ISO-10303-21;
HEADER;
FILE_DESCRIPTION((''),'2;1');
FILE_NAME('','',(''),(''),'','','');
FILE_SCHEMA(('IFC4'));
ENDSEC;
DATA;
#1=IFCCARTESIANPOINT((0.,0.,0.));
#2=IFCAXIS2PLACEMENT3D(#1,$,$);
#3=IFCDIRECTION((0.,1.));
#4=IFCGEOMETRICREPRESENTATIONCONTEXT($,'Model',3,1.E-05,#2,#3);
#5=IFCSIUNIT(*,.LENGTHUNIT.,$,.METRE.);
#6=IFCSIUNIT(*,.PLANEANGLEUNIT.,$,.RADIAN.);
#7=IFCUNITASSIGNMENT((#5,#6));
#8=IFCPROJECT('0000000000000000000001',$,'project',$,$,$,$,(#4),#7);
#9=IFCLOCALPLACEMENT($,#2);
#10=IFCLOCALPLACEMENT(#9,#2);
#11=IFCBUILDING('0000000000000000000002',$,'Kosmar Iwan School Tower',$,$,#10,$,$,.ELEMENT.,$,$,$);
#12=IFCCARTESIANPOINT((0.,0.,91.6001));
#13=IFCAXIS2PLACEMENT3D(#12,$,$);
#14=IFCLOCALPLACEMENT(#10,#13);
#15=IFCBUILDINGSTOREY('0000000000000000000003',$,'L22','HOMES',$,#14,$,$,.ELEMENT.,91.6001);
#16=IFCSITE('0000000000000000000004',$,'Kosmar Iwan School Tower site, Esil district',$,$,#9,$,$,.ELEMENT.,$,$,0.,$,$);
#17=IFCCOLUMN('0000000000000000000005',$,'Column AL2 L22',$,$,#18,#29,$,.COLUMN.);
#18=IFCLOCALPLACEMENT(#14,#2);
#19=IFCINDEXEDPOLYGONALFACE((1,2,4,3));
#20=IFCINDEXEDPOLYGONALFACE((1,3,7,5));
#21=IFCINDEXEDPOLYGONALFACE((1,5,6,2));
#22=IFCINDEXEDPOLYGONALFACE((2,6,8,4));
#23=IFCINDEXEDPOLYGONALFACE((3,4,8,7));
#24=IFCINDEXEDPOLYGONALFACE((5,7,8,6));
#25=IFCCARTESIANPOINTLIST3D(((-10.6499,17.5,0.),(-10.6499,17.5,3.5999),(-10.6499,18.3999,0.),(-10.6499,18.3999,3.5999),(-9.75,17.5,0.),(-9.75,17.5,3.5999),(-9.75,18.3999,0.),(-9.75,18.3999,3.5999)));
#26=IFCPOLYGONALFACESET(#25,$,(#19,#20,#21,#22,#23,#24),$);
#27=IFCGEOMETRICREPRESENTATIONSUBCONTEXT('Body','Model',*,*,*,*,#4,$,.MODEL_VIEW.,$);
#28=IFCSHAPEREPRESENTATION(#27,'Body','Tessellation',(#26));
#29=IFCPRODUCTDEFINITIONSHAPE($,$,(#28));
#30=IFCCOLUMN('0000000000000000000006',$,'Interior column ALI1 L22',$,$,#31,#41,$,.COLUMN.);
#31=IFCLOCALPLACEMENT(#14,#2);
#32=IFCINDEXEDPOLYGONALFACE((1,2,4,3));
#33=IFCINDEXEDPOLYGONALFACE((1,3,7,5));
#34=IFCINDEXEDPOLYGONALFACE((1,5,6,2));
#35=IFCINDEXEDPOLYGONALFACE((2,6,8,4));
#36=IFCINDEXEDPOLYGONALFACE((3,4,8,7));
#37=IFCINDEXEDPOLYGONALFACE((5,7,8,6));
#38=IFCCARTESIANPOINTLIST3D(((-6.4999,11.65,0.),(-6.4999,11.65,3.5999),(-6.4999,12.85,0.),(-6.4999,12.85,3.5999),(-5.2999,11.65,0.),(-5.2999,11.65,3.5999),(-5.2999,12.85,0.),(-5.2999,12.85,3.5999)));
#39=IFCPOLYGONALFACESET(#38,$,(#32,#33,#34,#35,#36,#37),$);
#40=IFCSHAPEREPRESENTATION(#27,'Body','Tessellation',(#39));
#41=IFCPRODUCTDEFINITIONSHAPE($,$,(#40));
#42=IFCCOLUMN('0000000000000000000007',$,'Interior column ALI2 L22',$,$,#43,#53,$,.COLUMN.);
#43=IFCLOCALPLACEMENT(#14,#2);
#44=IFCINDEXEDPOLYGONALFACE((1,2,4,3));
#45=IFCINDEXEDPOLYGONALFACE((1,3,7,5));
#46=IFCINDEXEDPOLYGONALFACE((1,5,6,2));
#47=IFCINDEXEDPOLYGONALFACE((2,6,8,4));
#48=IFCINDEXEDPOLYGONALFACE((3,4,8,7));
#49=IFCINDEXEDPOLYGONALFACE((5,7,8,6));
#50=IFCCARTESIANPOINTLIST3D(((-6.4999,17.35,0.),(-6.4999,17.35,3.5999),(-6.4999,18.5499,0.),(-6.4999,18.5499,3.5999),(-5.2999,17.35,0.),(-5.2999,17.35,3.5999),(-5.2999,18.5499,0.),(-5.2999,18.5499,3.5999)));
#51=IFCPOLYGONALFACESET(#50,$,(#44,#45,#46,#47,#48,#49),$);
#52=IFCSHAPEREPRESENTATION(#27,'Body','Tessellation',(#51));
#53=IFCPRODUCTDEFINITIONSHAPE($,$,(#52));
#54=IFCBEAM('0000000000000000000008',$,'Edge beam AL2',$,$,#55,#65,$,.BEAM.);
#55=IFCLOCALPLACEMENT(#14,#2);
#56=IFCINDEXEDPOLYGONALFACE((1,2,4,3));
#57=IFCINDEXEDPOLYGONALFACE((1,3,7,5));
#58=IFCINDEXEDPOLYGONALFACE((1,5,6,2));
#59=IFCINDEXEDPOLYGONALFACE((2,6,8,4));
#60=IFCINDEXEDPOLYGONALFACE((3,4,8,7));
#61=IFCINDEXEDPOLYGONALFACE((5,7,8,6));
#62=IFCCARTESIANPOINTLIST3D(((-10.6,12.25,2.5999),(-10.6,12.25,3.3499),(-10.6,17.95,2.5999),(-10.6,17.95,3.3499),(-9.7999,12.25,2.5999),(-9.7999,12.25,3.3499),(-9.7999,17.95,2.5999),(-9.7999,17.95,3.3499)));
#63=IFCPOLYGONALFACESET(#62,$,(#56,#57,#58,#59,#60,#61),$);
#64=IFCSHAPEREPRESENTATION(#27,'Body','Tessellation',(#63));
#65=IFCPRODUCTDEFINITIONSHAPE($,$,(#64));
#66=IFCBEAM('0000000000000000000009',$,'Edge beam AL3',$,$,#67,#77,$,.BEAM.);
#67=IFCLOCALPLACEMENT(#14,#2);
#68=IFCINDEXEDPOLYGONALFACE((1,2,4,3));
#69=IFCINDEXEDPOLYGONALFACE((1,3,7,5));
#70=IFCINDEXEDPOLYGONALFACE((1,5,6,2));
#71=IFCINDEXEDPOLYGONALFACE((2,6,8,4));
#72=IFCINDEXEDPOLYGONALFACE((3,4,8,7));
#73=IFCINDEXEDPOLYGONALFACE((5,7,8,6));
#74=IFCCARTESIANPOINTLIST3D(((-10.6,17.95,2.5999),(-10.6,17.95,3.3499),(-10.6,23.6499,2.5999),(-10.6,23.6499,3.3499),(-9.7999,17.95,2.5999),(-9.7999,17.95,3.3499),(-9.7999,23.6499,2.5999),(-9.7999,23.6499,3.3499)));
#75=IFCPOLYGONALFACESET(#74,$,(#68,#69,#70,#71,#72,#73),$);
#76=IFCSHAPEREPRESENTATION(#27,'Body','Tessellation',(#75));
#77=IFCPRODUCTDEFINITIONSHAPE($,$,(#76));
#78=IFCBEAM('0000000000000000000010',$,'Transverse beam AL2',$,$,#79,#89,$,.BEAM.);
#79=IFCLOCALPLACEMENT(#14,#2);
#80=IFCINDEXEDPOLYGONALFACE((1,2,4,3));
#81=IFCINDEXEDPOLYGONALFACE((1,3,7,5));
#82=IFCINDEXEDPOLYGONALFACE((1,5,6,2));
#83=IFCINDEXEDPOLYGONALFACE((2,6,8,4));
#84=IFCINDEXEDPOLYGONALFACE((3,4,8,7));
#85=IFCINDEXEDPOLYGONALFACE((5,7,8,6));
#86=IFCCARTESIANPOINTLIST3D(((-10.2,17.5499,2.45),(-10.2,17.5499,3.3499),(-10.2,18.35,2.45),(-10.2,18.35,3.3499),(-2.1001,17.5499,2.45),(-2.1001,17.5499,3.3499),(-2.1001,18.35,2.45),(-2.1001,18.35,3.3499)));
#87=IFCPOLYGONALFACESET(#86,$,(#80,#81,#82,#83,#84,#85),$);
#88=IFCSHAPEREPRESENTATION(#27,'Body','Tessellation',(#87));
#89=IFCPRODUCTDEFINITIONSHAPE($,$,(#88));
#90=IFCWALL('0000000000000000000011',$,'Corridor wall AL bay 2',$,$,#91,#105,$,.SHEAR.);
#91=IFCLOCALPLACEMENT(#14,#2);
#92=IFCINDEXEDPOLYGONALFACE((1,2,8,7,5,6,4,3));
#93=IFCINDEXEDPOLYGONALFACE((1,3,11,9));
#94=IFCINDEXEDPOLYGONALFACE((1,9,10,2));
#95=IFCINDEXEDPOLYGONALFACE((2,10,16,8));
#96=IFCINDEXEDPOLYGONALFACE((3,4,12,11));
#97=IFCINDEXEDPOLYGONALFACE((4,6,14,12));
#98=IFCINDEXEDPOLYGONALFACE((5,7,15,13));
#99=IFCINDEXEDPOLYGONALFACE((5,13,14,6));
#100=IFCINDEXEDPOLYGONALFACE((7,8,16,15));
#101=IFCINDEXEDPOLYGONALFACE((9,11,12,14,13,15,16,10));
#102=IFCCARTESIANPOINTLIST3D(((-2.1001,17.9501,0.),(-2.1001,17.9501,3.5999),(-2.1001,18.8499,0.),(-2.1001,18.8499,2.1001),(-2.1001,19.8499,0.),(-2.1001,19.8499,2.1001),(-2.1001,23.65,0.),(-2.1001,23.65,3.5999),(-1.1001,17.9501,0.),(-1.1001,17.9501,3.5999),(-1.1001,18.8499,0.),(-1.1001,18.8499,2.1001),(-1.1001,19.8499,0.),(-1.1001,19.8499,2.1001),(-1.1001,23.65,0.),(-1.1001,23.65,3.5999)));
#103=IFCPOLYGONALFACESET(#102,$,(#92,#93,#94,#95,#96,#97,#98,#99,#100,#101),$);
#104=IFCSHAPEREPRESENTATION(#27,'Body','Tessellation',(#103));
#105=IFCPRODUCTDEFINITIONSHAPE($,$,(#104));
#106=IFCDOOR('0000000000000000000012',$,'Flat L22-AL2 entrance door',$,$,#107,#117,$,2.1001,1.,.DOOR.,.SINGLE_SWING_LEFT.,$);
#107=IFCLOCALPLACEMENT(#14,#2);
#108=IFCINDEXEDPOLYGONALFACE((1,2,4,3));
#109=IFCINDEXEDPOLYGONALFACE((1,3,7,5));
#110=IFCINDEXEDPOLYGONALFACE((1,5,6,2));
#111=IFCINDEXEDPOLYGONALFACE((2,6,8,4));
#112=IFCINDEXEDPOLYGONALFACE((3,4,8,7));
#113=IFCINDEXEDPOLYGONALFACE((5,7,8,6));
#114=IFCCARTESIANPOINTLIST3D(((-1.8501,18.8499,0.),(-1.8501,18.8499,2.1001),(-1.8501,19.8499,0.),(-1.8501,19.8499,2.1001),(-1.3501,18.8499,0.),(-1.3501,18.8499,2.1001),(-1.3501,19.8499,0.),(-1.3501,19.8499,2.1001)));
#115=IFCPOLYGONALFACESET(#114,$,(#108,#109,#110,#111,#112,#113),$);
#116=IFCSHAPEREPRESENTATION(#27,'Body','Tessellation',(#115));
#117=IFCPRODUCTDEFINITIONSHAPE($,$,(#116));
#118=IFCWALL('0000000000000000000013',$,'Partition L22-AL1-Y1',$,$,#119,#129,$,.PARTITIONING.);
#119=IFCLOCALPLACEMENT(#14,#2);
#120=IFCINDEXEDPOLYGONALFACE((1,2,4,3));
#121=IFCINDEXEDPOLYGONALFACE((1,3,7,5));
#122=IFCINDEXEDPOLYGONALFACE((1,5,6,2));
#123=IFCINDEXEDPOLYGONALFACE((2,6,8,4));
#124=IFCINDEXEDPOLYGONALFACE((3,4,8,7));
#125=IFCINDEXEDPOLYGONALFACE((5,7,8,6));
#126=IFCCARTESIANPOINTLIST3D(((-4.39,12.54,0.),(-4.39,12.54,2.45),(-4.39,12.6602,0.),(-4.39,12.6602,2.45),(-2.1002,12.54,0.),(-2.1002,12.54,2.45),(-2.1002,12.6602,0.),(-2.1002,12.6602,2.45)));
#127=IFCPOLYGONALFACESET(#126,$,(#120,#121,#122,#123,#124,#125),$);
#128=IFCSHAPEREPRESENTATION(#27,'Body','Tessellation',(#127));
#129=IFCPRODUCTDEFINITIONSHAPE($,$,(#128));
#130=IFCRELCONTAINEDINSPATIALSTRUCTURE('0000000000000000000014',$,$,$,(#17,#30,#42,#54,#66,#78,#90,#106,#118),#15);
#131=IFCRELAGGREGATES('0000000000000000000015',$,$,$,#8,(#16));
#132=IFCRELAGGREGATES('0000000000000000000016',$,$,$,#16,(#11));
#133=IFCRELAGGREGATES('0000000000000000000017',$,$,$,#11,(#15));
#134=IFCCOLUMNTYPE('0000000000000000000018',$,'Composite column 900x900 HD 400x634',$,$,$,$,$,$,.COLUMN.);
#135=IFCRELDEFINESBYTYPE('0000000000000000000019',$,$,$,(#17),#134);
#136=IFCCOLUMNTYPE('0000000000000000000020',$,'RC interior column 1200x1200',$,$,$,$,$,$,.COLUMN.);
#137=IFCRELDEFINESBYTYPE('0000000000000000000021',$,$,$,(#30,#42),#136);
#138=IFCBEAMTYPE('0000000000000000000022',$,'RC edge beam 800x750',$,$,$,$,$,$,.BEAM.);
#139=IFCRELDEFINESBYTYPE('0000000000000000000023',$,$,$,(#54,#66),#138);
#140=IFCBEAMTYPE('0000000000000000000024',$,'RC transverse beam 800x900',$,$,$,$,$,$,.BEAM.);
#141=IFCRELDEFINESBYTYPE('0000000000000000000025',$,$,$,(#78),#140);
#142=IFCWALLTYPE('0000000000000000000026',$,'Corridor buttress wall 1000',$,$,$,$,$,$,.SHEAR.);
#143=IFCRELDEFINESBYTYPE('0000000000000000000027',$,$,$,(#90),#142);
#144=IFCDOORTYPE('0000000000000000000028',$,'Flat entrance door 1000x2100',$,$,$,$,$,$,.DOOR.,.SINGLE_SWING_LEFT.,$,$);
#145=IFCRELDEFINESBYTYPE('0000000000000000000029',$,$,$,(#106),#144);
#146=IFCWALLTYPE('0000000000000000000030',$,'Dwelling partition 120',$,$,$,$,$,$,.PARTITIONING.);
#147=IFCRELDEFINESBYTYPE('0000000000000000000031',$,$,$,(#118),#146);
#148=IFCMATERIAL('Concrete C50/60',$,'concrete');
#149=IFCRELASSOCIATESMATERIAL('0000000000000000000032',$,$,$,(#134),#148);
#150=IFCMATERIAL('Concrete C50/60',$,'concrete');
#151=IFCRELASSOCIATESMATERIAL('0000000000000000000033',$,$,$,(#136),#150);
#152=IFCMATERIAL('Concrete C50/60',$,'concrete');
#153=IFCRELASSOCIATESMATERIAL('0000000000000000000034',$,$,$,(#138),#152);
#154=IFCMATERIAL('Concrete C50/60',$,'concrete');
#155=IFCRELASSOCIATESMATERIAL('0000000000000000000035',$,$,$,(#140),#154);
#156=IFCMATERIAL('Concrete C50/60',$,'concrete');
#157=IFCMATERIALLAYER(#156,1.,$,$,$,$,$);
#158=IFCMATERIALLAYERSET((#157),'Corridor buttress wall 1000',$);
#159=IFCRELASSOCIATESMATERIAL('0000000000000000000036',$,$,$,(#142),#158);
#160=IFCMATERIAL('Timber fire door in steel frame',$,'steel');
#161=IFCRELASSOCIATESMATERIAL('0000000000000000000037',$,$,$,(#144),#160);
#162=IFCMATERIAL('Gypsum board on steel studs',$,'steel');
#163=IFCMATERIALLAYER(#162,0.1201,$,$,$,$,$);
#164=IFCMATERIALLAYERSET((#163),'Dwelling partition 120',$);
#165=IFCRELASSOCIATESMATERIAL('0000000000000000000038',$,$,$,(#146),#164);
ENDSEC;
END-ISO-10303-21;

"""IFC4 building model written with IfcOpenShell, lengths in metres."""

from ifc_helpers import new_model, si_unit, direction, frame, frame_2d, origin, origin_2d, place, context, subcontext, project, spatial, rectangle, extrude, material, layer, layer_set, material_profile, profile_set, type_object, element, fill, save


model = new_model("IFC4")

# Units and contexts
model_context = context("Model", 3, precision=1e-05, world=origin(), true_north=direction((0.0, 1.0)))
body_context = subcontext(model_context, "Body", "Model", "MODEL_VIEW")
ifc_project = project(units=[si_unit("LENGTHUNIT", "METRE"), si_unit("PLANEANGLEUNIT", "RADIAN")], contexts=[model_context])

# Site, building, storey
site_placement = place(None, origin())
site = spatial("IfcSite", under=ifc_project, at=site_placement, Name="Kosmar Iwan School Tower site, Esil district", CompositionType="ELEMENT", RefElevation=0.0)
building_placement = place(site_placement, origin())
building = spatial("IfcBuilding", under=site, at=building_placement, Name="Kosmar Iwan School Tower", CompositionType="ELEMENT")
storey_placement = place(building_placement, frame((0.0, 0.0, 91.6001)))
storey = spatial("IfcBuildingStorey", under=building, at=storey_placement, Name="L22", Description="HOMES", CompositionType="ELEMENT", Elevation=91.6001)

# Columns
ifc_material_1 = material(Name="Concrete C50/60", Category="concrete")
ifc_material_profile_1 = material_profile(ifc_material_1, rectangle(XDim=0.8999, YDim=0.8999, at=origin_2d()), Name="RC 900x900 + HD 400x634")
ifc_profile_set_1 = profile_set([ifc_material_profile_1], Name="Concrete C50/60")
column_type_1 = type_object("IfcColumnType", Name="Composite column 900x900 HD 400x634", PredefinedType="COLUMN", material=ifc_profile_set_1)
column_placement = place(storey_placement, frame((-10.2, 17.95, 0.0), z_axis=(0.0, 0.0, 1.0), x_axis=(0.0, 1.0, 0.0)))
element("IfcColumn", 1, at=column_placement, inside=storey, type_object=column_type_1, Name="Column AL2 L22", PredefinedType="COLUMN", context=body_context, shape_type="SweptSolid", body=[
    extrude(rectangle(XDim=0.8999, YDim=0.8999, at=origin_2d()), origin(), (0.0, 0.0, 1.0), 3.5999),
])
ifc_material_2 = material(Name="Concrete C50/60", Category="concrete")
ifc_material_profile_2 = material_profile(ifc_material_2, rectangle(XDim=1.2, YDim=1.2, at=origin_2d()), Name="RC 1200x1200")
ifc_profile_set_2 = profile_set([ifc_material_profile_2], Name="Concrete C50/60")
column_type_2 = type_object("IfcColumnType", Name="RC interior column 1200x1200", PredefinedType="COLUMN", material=ifc_profile_set_2)
for number, where, z_axis, x_axis, name in (
    (2, (-5.8999, 12.25, 0.0), (0.0, 0.0, 1.0), (0.0, 1.0, 0.0), "Interior column ALI1 L22"),
    (3, (-5.8999, 17.95, 0.0), (0.0, 0.0, 1.0), (0.0, 1.0, 0.0), "Interior column ALI2 L22"),
):
    element("IfcColumn", number, at=place(storey_placement, frame(where, z_axis=z_axis, x_axis=x_axis)), inside=storey, type_object=column_type_2, Name=name, PredefinedType="COLUMN", context=body_context, shape_type="SweptSolid", body=[
        extrude(rectangle(XDim=1.2, YDim=1.2, at=origin_2d()), origin(), (0.0, 0.0, 1.0), 3.5999),
    ])

# Beams
ifc_material_3 = material(Name="Concrete C50/60", Category="concrete")
ifc_material_profile_3 = material_profile(ifc_material_3, rectangle(XDim=0.8, YDim=0.75, at=origin_2d()), Name="RC 800x750")
ifc_profile_set_3 = profile_set([ifc_material_profile_3], Name="Concrete C50/60")
beam_type_1 = type_object("IfcBeamType", Name="RC edge beam 800x750", PredefinedType="BEAM", material=ifc_profile_set_3)
for number, where, z_axis, x_axis, name in (
    (4, (-10.2, 12.25, 2.9749), (0.0, 1.0, 0.0), (-1.0, 0.0, 0.0), "Edge beam AL2"),
    (5, (-10.2, 17.95, 2.9749), (0.0, 1.0, 0.0), (-1.0, 0.0, 0.0), "Edge beam AL3"),
):
    element("IfcBeam", number, at=place(storey_placement, frame(where, z_axis=z_axis, x_axis=x_axis)), inside=storey, type_object=beam_type_1, Name=name, PredefinedType="BEAM", context=body_context, shape_type="SweptSolid", body=[
        extrude(rectangle(XDim=0.8, YDim=0.75, at=origin_2d()), origin(), (0.0, 0.0, 1.0), 5.7),
    ])
ifc_material_4 = material(Name="Concrete C50/60", Category="concrete")
ifc_material_profile_4 = material_profile(ifc_material_4, rectangle(XDim=0.8, YDim=0.8999, at=origin_2d()), Name="RC 800x900")
ifc_profile_set_4 = profile_set([ifc_material_profile_4], Name="Concrete C50/60")
beam_type_2 = type_object("IfcBeamType", Name="RC transverse beam 800x900", PredefinedType="BEAM", material=ifc_profile_set_4)
beam_placement = place(storey_placement, frame((-10.2, 17.95, 2.8999), z_axis=(1.0, 0.0, 0.0), x_axis=(0.0, 1.0, 0.0)))
element("IfcBeam", 6, at=beam_placement, inside=storey, type_object=beam_type_2, Name="Transverse beam AL2", PredefinedType="BEAM", context=body_context, shape_type="SweptSolid", body=[
    extrude(rectangle(XDim=0.8, YDim=0.8999, at=origin_2d()), origin(), (0.0, 0.0, 1.0), 8.0999),
])

# Wall, opening, door
ifc_material_5 = material(Name="Concrete C50/60", Category="concrete")
ifc_layer_1 = layer(ifc_material_5, 1.0)
ifc_layer_set_1 = layer_set([ifc_layer_1], Name="Corridor buttress wall 1000")
wall_type_1 = type_object("IfcWallType", Name="Corridor buttress wall 1000", PredefinedType="SHEAR", material=ifc_layer_set_1)
wall_1_placement = place(storey_placement, frame((-1.6001, 17.95, 0.0), z_axis=(0.0, 0.0, 1.0), x_axis=(0.0, 1.0, 0.0)))
wall_1 = element("IfcWall", 7, at=wall_1_placement, inside=storey, type_object=wall_type_1, Name="Corridor wall AL bay 2", PredefinedType="SHEAR", context=body_context, shape_type="SweptSolid", body=[
    extrude(rectangle(XDim=5.7, YDim=1.0, at=frame_2d((2.8501, 0.0))), origin(), (0.0, 0.0, 1.0), 3.5999),
])
opening_1_placement = place(wall_1_placement, frame((0.8999, 0.0, 0.0)))
opening_1 = element("IfcOpeningElement", 8, at=opening_1_placement, cuts=wall_1, PredefinedType="OPENING", context=body_context, shape_type="SweptSolid", body=[
    extrude(rectangle(XDim=1.0, YDim=2.1001, at=frame_2d((0.5, 1.05))), frame((0.0, 0.512, 0.0), z_axis=(0.0, -1.0, 0.0), x_axis=(1.0, 0.0, 0.0)), (0.0, 0.0, 1.0), 1.0239),
])
ifc_material_6 = material(Name="Timber fire door in steel frame", Category="steel")
door_type_1 = type_object("IfcDoorType", Name="Flat entrance door 1000x2100", OperationType="SINGLE_SWING_LEFT", PredefinedType="DOOR", material=ifc_material_6)
door_1_placement = place(opening_1_placement, origin())
door_1 = element("IfcDoor", 9, at=door_1_placement, inside=storey, type_object=door_type_1, Name="Flat L22-AL2 entrance door", OperationType="SINGLE_SWING_LEFT", OverallHeight=2.1001, OverallWidth=1.0, PredefinedType="DOOR", context=body_context, shape_type="SweptSolid", body=[
    extrude(rectangle(XDim=1.0, YDim=2.1001, at=frame_2d((0.5, 1.05))), frame((0.0, 0.25, 0.0), z_axis=(0.0, -1.0, 0.0), x_axis=(1.0, 0.0, 0.0)), (0.0, 0.0, 1.0), 0.5),
])
fill(opening_1, door_1)

# Wall
ifc_material_7 = material(Name="Gypsum board on steel studs", Category="steel")
ifc_layer_2 = layer(ifc_material_7, 0.1201)
ifc_layer_set_2 = layer_set([ifc_layer_2], Name="Dwelling partition 120")
wall_type_2 = type_object("IfcWallType", Name="Dwelling partition 120", PredefinedType="PARTITIONING", material=ifc_layer_set_2)
wall_2_placement = place(storey_placement, frame((-2.1001, 12.6001, 0.0), z_axis=(0.0, 0.0, 1.0), x_axis=(-1.0, 0.0, 0.0)))
element("IfcWall", 10, at=wall_2_placement, inside=storey, type_object=wall_type_2, Name="Partition L22-AL1-Y1", PredefinedType="PARTITIONING", context=body_context, shape_type="SweptSolid", body=[
    extrude(rectangle(XDim=2.2898, YDim=0.1201, at=frame_2d((1.145, 0.0))), origin(), (0.0, 0.0, 1.0), 2.45),
])

save(model, "model.ifc")
